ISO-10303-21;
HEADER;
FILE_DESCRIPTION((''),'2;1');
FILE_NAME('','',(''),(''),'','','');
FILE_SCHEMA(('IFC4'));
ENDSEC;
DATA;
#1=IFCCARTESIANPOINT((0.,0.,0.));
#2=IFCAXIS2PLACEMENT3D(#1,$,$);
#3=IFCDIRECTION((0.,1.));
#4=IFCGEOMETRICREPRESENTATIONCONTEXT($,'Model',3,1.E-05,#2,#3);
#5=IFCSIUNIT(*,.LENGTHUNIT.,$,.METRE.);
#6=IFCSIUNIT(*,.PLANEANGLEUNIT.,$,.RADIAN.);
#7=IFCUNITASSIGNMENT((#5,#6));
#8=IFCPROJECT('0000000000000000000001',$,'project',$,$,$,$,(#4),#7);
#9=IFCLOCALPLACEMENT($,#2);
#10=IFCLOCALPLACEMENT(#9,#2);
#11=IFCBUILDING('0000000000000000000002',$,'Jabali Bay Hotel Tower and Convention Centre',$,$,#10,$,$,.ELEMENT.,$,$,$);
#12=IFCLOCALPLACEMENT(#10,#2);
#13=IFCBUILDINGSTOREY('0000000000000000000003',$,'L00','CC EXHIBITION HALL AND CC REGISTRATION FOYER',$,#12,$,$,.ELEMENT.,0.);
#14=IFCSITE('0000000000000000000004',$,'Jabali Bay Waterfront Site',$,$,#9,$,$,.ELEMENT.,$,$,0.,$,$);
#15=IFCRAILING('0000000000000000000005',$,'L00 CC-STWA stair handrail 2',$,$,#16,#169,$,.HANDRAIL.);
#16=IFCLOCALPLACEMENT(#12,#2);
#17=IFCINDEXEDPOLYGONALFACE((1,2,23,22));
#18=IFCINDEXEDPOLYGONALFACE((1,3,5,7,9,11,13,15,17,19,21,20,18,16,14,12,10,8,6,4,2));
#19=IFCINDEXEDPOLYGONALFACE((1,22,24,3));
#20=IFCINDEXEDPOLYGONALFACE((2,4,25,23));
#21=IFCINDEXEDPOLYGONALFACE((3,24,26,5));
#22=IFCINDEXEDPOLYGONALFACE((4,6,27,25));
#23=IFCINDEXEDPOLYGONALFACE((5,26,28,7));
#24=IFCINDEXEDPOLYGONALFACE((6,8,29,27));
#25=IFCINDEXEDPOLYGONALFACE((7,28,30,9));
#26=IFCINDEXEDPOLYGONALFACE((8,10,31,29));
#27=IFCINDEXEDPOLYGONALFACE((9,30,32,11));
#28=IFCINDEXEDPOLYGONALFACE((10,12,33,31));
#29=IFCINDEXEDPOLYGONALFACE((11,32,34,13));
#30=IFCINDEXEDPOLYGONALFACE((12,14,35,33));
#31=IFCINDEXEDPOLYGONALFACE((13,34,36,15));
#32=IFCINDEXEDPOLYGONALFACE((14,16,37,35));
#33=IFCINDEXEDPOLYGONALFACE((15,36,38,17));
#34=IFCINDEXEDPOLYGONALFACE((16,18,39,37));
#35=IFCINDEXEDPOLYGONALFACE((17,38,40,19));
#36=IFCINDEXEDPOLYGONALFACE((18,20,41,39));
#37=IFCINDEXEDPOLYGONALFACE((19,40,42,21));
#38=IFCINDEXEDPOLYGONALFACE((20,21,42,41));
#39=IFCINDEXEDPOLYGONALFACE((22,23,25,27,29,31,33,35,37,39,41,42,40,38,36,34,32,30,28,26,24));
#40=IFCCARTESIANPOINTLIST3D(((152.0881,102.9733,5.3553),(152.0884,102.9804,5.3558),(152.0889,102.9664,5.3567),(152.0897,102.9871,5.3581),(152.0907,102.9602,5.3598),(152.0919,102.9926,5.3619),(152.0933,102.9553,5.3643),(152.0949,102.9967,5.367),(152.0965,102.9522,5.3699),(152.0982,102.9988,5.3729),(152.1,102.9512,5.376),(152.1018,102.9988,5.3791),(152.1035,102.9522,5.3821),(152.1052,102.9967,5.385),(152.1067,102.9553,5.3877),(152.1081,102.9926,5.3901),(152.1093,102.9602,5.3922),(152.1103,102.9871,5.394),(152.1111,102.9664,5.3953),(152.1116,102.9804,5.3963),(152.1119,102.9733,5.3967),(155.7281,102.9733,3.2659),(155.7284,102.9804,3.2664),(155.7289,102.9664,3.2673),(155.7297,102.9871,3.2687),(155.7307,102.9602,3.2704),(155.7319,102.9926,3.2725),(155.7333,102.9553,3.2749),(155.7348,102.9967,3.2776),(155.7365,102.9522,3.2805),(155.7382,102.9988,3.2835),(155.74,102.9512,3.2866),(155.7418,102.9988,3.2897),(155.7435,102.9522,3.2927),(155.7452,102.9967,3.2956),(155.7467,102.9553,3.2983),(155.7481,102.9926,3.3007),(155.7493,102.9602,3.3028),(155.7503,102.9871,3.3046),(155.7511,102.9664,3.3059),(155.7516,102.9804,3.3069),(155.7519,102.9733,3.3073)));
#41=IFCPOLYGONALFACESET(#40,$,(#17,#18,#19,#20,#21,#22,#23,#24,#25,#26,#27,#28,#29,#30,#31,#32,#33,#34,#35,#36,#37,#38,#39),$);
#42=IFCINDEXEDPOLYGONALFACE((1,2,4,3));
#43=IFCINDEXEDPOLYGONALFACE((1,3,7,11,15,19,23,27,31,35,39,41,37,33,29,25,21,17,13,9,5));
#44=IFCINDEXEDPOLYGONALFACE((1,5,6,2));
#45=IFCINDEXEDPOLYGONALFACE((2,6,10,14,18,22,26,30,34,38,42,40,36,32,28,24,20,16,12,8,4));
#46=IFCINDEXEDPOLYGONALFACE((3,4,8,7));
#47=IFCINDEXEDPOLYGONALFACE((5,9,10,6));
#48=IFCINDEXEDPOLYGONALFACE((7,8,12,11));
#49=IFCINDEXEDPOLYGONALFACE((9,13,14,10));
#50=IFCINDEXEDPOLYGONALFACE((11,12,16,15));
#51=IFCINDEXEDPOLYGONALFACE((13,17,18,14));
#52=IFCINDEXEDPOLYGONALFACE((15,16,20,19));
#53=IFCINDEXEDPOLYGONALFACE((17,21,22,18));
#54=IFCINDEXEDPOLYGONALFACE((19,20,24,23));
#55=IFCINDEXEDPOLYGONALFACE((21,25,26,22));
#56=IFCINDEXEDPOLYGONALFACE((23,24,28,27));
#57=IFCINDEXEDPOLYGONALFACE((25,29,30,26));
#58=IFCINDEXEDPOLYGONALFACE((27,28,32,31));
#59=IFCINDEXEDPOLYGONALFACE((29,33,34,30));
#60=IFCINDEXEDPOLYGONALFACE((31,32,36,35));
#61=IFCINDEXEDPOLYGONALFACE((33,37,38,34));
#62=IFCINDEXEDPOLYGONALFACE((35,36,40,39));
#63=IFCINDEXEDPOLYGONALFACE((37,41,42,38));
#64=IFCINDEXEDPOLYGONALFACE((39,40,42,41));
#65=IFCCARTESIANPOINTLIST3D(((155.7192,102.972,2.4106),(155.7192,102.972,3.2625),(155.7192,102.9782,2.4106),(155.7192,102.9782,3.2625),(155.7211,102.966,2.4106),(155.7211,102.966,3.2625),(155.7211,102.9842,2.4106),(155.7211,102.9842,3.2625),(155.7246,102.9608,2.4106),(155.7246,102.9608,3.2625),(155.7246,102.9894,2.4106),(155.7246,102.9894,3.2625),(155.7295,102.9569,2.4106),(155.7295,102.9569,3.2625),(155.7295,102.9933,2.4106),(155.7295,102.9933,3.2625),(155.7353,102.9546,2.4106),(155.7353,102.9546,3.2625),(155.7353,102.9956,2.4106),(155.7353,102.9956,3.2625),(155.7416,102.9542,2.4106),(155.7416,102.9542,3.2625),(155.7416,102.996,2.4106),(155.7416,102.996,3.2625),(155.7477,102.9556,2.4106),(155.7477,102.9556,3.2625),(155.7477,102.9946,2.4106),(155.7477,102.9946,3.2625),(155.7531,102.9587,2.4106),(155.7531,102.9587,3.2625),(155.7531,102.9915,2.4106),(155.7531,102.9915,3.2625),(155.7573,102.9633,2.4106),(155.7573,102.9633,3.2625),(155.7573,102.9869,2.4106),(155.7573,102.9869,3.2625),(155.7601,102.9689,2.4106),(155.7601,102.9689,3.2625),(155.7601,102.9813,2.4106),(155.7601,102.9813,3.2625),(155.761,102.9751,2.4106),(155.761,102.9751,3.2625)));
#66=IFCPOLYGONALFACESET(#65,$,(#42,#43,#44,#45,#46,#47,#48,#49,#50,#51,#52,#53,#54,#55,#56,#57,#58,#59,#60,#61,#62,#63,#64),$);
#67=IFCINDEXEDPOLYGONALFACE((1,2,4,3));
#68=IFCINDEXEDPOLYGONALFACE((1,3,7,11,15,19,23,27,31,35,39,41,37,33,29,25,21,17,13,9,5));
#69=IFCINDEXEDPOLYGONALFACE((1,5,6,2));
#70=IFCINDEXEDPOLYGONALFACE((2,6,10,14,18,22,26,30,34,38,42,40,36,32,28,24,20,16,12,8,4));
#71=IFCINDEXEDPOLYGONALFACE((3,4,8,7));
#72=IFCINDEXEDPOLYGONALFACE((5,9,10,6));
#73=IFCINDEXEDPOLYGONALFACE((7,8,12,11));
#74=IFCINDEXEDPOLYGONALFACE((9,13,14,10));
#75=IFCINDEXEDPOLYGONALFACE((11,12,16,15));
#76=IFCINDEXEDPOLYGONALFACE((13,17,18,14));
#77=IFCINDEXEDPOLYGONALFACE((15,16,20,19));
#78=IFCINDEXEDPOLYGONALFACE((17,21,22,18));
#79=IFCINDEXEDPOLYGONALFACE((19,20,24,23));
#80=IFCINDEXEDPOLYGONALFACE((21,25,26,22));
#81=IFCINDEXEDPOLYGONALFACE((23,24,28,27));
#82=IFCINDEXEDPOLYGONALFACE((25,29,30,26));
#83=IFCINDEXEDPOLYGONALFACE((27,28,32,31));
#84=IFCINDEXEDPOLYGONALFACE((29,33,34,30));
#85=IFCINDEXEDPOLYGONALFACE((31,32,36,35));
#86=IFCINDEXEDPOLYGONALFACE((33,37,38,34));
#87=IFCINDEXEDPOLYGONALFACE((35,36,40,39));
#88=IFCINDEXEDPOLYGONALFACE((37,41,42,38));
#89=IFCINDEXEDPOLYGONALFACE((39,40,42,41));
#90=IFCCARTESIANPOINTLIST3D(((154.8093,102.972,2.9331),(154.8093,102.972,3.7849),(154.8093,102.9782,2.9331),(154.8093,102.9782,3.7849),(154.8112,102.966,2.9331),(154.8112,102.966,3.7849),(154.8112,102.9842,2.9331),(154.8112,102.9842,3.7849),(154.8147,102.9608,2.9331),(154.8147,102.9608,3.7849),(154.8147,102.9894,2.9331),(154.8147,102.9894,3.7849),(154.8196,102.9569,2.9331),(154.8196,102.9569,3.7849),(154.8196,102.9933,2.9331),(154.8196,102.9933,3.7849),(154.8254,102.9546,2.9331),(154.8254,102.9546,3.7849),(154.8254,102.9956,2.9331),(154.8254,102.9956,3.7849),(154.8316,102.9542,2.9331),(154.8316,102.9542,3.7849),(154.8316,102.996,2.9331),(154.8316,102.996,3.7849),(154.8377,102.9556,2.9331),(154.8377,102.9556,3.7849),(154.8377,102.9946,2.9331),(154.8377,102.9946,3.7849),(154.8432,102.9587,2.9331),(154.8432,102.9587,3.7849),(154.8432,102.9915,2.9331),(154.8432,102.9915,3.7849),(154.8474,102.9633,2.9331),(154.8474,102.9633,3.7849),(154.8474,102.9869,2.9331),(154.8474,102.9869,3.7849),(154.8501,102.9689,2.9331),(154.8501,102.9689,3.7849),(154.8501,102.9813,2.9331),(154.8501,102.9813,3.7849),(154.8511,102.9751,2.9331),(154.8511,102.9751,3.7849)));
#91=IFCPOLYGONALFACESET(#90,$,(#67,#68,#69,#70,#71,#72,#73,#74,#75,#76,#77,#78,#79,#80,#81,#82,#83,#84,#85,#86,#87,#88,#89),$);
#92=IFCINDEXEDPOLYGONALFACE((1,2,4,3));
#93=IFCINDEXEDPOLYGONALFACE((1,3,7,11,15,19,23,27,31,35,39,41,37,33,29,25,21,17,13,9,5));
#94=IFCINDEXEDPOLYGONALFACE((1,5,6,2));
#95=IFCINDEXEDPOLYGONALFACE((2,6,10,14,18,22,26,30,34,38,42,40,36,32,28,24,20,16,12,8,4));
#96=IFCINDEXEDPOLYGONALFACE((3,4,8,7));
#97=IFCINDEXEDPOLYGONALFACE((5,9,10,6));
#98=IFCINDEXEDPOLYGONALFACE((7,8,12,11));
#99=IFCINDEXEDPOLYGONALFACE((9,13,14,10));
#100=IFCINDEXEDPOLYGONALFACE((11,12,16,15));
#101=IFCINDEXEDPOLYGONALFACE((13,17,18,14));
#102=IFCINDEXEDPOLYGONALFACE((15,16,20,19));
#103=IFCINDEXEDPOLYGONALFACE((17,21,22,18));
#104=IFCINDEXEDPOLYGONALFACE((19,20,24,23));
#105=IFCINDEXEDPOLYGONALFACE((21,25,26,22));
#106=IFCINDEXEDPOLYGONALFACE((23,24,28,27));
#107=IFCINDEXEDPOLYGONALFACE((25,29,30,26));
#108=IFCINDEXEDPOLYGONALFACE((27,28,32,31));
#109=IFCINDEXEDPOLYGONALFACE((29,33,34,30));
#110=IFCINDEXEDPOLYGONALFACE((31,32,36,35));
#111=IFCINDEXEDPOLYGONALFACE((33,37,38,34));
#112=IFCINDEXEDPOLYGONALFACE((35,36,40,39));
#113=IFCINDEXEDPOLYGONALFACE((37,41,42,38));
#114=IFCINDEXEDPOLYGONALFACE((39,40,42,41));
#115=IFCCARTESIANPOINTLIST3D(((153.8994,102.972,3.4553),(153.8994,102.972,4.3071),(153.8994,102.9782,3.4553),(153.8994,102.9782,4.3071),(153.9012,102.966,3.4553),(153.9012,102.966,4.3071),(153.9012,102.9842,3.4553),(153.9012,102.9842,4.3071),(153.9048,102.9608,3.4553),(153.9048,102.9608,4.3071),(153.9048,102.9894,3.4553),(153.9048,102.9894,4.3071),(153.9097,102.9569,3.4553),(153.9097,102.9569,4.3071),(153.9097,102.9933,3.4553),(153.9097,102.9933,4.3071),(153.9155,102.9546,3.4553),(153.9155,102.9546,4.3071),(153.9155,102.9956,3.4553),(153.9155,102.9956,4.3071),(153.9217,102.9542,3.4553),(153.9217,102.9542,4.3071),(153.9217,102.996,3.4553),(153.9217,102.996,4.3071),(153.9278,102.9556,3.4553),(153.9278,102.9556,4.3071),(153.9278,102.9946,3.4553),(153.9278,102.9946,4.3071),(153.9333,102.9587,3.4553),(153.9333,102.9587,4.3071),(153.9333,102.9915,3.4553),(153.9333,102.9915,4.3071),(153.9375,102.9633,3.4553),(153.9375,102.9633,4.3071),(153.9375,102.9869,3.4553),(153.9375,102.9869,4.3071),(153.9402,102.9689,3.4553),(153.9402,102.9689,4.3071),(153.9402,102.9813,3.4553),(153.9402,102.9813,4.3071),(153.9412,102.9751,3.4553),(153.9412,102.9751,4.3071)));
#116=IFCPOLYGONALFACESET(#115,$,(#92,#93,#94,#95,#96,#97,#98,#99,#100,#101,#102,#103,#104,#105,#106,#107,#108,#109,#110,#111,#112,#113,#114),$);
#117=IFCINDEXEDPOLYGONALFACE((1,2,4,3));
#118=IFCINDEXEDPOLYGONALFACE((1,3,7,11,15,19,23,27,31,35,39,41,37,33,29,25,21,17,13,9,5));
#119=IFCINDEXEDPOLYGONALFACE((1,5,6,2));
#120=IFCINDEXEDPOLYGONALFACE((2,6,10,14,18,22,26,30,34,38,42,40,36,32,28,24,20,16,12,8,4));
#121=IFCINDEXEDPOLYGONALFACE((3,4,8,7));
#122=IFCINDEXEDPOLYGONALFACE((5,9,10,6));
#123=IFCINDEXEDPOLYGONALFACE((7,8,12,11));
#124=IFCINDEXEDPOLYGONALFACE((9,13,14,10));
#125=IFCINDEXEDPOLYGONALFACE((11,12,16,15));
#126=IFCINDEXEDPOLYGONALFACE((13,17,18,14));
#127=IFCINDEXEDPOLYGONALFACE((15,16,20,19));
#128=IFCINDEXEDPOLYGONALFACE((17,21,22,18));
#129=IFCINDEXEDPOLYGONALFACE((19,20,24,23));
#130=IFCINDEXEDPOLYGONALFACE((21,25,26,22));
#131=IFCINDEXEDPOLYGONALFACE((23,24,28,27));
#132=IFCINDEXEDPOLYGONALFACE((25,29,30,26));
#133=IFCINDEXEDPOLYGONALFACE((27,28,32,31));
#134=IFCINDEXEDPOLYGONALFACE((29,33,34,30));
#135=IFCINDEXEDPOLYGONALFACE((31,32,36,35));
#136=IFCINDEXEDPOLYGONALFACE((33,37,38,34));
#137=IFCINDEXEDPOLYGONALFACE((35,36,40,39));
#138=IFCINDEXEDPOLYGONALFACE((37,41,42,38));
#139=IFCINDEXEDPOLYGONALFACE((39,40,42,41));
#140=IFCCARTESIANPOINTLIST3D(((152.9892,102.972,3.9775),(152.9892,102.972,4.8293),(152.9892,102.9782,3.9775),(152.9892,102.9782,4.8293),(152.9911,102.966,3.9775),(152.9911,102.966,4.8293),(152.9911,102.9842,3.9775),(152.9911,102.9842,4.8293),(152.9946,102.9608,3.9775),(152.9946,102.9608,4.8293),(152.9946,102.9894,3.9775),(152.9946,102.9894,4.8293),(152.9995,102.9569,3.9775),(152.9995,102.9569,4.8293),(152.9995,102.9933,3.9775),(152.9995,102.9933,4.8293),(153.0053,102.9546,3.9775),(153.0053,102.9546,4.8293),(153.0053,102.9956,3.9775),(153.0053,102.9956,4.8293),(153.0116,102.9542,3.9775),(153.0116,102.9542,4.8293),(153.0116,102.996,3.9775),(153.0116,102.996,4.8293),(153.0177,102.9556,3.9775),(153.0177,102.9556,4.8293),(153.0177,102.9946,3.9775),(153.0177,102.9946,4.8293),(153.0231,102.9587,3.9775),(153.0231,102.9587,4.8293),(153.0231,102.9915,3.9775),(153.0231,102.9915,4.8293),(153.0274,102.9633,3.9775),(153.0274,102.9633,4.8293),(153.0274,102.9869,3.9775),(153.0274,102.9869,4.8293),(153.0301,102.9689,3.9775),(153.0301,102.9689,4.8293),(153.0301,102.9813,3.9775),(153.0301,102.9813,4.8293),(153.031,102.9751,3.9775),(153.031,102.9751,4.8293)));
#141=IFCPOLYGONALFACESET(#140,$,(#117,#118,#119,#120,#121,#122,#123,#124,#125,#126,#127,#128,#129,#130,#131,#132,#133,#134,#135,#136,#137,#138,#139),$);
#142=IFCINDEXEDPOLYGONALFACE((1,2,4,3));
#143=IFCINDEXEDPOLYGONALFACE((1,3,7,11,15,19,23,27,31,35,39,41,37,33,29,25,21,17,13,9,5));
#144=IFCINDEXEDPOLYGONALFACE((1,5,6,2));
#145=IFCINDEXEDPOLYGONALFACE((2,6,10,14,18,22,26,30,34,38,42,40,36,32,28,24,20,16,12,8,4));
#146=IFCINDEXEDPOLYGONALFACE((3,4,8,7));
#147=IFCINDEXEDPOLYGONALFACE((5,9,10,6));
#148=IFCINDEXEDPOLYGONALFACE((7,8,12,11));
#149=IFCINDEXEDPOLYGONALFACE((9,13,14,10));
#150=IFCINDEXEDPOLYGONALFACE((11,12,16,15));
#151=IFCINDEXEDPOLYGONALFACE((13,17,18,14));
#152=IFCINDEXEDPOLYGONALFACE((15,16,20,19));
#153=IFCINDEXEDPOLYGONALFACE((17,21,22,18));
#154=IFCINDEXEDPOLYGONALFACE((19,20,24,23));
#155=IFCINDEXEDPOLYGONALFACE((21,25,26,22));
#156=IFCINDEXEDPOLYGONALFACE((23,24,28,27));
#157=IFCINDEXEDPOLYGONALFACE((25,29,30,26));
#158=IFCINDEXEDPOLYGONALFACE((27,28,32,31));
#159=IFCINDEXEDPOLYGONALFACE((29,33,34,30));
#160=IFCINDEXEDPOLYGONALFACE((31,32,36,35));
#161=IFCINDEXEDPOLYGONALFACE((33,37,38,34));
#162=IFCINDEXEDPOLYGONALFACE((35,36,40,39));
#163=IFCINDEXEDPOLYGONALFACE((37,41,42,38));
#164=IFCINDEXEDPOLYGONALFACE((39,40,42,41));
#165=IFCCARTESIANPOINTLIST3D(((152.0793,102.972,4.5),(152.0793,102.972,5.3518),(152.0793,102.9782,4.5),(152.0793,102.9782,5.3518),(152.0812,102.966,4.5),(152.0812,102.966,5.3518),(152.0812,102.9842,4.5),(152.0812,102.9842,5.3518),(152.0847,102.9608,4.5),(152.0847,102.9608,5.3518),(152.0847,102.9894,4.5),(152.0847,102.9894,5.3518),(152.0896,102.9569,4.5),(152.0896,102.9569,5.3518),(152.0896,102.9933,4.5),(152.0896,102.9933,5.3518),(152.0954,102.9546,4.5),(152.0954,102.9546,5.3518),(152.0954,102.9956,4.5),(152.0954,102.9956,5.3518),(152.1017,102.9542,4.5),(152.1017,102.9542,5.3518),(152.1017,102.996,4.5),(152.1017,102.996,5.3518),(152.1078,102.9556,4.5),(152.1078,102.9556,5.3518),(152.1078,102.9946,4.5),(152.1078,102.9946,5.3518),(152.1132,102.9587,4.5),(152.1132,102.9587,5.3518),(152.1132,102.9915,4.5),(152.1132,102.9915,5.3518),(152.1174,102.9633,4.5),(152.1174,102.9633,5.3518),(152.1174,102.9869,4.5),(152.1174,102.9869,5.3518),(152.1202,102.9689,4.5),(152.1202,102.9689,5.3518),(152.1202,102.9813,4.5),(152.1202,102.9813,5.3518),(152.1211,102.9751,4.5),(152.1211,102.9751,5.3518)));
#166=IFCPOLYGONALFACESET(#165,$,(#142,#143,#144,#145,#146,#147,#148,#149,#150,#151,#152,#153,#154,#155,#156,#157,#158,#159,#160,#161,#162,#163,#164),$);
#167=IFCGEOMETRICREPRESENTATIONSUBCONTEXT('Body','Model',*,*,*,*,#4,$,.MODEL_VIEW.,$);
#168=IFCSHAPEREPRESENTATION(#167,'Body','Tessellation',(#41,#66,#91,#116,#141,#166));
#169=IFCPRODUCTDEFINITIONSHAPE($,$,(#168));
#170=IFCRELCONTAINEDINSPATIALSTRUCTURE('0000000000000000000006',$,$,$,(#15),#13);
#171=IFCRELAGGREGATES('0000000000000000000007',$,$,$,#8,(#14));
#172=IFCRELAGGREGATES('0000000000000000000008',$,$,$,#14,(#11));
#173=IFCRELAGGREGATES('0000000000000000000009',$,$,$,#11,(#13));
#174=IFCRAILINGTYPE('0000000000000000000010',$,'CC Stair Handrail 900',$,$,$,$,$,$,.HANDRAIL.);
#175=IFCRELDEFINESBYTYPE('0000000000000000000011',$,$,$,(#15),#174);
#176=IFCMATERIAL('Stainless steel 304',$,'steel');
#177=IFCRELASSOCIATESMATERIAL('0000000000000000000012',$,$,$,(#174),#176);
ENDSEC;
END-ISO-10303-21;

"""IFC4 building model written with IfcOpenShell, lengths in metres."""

from ifc_helpers import new_model, si_unit, direction, frame, origin, origin_2d, place, context, subcontext, project, spatial, circle, extrude, material, type_object, element, save


model = new_model("IFC4")

# Units and contexts
model_context = context("Model", 3, precision=1e-05, world=origin(), true_north=direction((0.0, 1.0)))
body_context = subcontext(model_context, "Body", "Model", "MODEL_VIEW")
ifc_project = project(units=[si_unit("LENGTHUNIT", "METRE"), si_unit("PLANEANGLEUNIT", "RADIAN")], contexts=[model_context])

# Site, building, storey
site_placement = place(None, origin())
site = spatial("IfcSite", under=ifc_project, at=site_placement, Name="Jabali Bay Waterfront Site", CompositionType="ELEMENT", RefElevation=0.0)
building_placement = place(site_placement, origin())
building = spatial("IfcBuilding", under=site, at=building_placement, Name="Jabali Bay Hotel Tower and Convention Centre", CompositionType="ELEMENT")
storey_placement = place(building_placement, origin())
storey = spatial("IfcBuildingStorey", under=building, at=storey_placement, Name="L00", Description="CC EXHIBITION HALL AND CC REGISTRATION FOYER", CompositionType="ELEMENT", Elevation=0.0)

# Railing
ifc_material_1 = material(Name="Stainless steel 304", Category="steel")
railing_type_1 = type_object("IfcRailingType", Name="CC Stair Handrail 900", PredefinedType="HANDRAIL", material=ifc_material_1)
for number, where, name in (
    (1, (155.74, 102.9751, 2.4106), "L00 CC-STWA stair handrail 2"),
):
    element("IfcRailing", number, at=place(storey_placement, frame(where)), inside=storey, type_object=railing_type_1, Name=name, PredefinedType="HANDRAIL", context=body_context, shape_type="SweptSolid", body=[
        extrude(circle(Radius=0.0239, at=origin_2d()), frame((0.0, 0.0, 0.876), z_axis=(-0.867275, 0.0, 0.497829), x_axis=(0.0, -1.0, 0.0)), (0.0, 0.0, 1.0), 4.197),
        extrude(circle(Radius=0.021, at=origin_2d()), origin(), (0.0, 0.0, 1.0), 0.8518),
        extrude(circle(Radius=0.021, at=origin_2d()), frame((-0.9099, 0.0, 0.5225)), (0.0, 0.0, 1.0), 0.8518),
        extrude(circle(Radius=0.021, at=origin_2d()), frame((-1.8198, 0.0, 1.0447)), (0.0, 0.0, 1.0), 0.8518),
        extrude(circle(Radius=0.021, at=origin_2d()), frame((-2.73, 0.0, 1.5669)), (0.0, 0.0, 1.0), 0.8518),
        extrude(circle(Radius=0.021, at=origin_2d()), frame((-3.6399, 0.0, 2.0894)), (0.0, 0.0, 1.0), 0.8518),
    ])

save(model, "model.ifc")
